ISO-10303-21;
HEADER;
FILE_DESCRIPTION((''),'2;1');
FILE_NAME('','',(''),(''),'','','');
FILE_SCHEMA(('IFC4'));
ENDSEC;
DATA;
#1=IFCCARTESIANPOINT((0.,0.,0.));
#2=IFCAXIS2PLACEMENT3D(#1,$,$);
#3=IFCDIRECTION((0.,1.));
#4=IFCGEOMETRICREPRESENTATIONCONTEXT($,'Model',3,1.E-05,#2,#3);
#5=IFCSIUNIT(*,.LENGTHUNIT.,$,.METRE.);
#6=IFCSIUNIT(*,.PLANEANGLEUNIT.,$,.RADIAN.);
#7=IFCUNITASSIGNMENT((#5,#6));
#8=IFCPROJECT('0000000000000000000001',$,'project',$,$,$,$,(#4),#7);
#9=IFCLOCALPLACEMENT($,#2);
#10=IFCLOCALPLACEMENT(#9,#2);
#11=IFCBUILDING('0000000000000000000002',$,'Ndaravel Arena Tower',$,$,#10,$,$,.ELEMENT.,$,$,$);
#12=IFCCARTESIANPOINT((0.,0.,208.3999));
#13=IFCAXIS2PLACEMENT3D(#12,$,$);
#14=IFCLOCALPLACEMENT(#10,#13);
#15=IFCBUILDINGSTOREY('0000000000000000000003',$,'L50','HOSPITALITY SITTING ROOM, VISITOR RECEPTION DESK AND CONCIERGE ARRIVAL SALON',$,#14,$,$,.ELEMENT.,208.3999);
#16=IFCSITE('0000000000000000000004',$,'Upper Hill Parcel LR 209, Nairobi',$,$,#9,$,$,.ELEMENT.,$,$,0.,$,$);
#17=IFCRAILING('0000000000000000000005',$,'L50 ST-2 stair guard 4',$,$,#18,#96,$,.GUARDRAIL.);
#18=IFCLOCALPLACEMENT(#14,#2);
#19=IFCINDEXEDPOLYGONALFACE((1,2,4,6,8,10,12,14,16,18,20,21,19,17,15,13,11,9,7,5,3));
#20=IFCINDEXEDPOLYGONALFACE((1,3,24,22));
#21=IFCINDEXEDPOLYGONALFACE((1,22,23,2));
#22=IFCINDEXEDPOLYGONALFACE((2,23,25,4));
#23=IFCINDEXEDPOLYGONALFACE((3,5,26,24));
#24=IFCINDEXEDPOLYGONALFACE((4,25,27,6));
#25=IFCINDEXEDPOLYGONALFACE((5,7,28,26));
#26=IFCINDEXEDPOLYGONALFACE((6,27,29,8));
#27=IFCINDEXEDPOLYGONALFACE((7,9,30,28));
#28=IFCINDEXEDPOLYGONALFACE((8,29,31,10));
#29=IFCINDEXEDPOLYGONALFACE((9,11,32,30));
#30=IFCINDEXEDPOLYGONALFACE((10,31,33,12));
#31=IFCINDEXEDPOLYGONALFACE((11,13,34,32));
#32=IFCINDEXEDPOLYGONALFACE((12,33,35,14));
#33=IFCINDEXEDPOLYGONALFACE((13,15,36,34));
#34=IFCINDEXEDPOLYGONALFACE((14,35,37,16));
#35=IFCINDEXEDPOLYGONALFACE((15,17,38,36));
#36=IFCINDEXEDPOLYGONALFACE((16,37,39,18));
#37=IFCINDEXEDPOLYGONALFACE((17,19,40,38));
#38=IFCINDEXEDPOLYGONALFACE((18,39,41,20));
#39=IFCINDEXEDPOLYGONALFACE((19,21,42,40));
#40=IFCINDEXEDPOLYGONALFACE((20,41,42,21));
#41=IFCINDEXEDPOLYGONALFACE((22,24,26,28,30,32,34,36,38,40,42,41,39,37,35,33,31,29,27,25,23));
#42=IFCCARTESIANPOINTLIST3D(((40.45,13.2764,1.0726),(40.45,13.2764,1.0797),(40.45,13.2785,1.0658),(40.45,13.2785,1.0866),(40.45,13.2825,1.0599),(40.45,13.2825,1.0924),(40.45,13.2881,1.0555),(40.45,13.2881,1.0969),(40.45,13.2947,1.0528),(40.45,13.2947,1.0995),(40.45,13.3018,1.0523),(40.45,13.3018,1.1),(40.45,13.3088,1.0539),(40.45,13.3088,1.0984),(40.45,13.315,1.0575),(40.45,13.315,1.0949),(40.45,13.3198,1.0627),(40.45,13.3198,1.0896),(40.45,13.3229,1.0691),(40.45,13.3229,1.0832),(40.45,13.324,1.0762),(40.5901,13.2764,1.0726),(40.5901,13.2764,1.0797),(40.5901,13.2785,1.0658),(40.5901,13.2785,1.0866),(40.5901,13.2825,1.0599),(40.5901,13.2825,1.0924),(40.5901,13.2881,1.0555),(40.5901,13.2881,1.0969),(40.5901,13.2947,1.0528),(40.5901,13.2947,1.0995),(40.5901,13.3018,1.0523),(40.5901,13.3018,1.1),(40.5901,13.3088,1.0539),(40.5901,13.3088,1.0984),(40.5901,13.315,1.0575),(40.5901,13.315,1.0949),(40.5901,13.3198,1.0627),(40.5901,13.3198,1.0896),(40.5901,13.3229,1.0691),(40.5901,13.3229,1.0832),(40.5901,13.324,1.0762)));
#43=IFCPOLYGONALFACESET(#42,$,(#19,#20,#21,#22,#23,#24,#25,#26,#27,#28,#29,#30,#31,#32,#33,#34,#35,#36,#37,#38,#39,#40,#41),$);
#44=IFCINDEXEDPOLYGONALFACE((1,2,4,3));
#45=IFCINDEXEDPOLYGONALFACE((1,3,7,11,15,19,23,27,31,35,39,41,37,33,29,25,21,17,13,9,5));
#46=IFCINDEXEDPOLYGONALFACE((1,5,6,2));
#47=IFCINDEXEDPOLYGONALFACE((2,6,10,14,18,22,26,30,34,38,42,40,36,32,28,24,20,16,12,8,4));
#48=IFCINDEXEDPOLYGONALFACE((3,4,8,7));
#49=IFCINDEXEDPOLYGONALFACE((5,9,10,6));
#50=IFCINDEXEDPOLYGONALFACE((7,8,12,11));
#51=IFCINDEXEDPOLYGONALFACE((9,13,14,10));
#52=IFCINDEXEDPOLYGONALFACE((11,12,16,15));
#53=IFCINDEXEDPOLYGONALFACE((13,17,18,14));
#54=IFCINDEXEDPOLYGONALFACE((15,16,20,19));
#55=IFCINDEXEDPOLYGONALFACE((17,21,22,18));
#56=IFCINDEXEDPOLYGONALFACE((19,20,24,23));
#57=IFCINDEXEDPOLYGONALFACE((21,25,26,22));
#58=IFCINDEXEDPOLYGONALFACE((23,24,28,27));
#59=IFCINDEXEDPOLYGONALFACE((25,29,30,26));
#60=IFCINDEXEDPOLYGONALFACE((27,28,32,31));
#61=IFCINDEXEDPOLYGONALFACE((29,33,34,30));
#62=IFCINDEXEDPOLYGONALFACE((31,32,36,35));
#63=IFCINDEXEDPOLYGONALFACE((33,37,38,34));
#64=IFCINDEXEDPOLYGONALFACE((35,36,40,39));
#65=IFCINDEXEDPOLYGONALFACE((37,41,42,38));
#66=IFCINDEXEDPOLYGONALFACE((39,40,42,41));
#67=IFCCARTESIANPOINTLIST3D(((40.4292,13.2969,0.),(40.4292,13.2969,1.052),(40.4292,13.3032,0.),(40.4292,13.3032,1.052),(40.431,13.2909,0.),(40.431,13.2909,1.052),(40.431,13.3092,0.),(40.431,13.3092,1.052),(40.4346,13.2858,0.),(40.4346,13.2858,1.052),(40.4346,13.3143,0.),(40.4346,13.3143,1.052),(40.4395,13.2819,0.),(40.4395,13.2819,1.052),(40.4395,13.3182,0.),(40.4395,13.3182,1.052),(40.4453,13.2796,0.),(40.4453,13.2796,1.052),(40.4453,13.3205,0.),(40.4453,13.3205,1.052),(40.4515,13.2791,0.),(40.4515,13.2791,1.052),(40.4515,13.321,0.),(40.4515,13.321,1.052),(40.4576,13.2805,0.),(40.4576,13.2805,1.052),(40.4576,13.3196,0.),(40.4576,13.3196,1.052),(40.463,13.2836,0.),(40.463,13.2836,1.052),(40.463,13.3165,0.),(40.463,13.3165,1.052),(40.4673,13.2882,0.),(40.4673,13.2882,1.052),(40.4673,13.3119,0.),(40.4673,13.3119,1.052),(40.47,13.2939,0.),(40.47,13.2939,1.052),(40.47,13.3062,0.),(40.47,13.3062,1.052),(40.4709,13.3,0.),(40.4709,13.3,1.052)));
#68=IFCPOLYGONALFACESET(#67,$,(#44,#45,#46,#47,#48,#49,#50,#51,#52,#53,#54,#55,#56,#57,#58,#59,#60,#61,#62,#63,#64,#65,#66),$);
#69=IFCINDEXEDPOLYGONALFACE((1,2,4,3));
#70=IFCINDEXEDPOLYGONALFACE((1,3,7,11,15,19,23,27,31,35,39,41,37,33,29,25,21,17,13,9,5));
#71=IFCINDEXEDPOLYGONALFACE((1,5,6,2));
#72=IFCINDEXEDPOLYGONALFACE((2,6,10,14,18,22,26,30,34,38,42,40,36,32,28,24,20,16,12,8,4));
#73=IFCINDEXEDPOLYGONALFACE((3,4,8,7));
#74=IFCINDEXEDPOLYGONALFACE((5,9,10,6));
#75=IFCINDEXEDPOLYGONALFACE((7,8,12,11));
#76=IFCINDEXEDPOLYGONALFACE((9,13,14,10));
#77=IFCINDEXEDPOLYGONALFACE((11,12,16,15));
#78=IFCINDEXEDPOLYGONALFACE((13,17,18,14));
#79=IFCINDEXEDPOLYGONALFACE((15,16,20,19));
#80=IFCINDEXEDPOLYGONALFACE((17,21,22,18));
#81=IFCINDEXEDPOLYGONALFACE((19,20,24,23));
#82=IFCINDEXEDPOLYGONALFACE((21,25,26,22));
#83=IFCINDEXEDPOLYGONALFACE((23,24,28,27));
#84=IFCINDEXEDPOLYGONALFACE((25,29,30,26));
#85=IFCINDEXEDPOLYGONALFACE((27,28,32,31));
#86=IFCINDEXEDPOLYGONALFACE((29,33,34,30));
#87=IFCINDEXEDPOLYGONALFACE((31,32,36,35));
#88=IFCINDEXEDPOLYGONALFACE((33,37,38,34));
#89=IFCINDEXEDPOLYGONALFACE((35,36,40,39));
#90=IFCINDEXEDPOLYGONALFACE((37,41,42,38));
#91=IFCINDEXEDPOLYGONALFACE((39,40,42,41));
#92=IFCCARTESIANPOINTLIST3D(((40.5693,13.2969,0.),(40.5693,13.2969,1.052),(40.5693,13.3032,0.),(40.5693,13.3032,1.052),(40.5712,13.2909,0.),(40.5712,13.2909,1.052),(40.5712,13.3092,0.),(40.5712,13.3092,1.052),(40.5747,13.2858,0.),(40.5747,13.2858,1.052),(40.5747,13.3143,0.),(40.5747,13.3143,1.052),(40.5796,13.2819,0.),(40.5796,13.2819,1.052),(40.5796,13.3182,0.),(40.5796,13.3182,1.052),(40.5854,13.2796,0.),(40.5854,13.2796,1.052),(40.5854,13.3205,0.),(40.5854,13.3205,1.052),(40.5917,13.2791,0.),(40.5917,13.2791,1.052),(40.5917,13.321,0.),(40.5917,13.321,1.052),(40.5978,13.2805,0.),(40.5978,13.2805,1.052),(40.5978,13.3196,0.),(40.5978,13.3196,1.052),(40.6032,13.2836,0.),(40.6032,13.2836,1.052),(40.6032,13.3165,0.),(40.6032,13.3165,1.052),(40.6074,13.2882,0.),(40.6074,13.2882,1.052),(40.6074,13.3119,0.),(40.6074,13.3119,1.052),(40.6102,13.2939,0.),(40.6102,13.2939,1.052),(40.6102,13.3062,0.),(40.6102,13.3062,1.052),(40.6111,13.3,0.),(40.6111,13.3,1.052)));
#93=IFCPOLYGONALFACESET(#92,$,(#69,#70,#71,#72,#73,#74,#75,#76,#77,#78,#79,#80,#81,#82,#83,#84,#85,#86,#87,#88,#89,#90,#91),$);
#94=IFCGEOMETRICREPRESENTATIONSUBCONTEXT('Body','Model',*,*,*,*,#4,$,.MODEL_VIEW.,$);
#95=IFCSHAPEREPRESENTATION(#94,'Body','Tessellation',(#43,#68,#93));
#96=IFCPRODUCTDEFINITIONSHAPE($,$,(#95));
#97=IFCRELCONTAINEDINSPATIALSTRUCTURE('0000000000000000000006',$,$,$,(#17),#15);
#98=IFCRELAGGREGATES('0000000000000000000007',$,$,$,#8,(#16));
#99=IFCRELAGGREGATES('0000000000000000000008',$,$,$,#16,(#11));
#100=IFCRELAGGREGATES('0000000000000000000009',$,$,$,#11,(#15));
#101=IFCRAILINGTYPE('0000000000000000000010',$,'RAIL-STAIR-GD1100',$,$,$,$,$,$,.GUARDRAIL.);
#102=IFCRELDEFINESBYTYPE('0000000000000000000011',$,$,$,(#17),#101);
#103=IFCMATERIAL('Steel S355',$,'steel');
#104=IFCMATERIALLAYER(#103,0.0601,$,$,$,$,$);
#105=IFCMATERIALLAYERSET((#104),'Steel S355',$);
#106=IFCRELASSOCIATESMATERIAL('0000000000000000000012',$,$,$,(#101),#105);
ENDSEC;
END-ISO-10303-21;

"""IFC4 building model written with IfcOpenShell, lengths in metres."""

from ifc_helpers import new_model, si_unit, direction, frame, origin, origin_2d, place, context, subcontext, project, spatial, circle, extrude, material, layer, layer_set, type_object, element, save


model = new_model("IFC4")

# Units and contexts
model_context = context("Model", 3, precision=1e-05, world=origin(), true_north=direction((0.0, 1.0)))
body_context = subcontext(model_context, "Body", "Model", "MODEL_VIEW")
ifc_project = project(units=[si_unit("LENGTHUNIT", "METRE"), si_unit("PLANEANGLEUNIT", "RADIAN")], contexts=[model_context])

# Site, building, storey
site_placement = place(None, origin())
site = spatial("IfcSite", under=ifc_project, at=site_placement, Name="Upper Hill Parcel LR 209, Nairobi", CompositionType="ELEMENT", RefElevation=0.0)
building_placement = place(site_placement, origin())
building = spatial("IfcBuilding", under=site, at=building_placement, Name="Ndaravel Arena Tower", CompositionType="ELEMENT")
storey_placement = place(building_placement, frame((0.0, 0.0, 208.3999)))
storey = spatial("IfcBuildingStorey", under=building, at=storey_placement, Name="L50", Description="HOSPITALITY SITTING ROOM, VISITOR RECEPTION DESK AND CONCIERGE ARRIVAL SALON", CompositionType="ELEMENT", Elevation=208.3999)

# Railing
ifc_material_1 = material(Name="Steel S355", Category="steel")
ifc_layer_1 = layer(ifc_material_1, 0.0601)
ifc_layer_set_1 = layer_set([ifc_layer_1], Name="Steel S355")
railing_type_1 = type_object("IfcRailingType", Name="RAIL-STAIR-GD1100", PredefinedType="GUARDRAIL", material=ifc_layer_set_1)
railing_1_placement = place(storey_placement, frame((40.45, 13.3, 0.0)))
element("IfcRailing", 1, at=railing_1_placement, inside=storey, type_object=railing_type_1, Name="L50 ST-2 stair guard 4", PredefinedType="GUARDRAIL", context=body_context, shape_type="SweptSolid", body=[
    extrude(circle(Radius=0.0239, at=origin_2d()), frame((0.0, 0.0, 1.0762), z_axis=(1.0, 0.0, 0.0), x_axis=(0.0, 1.0, 0.0)), (0.0, 0.0, 1.0), 0.1401),
    extrude(circle(Radius=0.021, at=origin_2d()), origin(), (0.0, 0.0, 1.0), 1.052),
    extrude(circle(Radius=0.021, at=origin_2d()), frame((0.1401, 0.0, 0.0)), (0.0, 0.0, 1.0), 1.052),
])

save(model, "model.ifc")
